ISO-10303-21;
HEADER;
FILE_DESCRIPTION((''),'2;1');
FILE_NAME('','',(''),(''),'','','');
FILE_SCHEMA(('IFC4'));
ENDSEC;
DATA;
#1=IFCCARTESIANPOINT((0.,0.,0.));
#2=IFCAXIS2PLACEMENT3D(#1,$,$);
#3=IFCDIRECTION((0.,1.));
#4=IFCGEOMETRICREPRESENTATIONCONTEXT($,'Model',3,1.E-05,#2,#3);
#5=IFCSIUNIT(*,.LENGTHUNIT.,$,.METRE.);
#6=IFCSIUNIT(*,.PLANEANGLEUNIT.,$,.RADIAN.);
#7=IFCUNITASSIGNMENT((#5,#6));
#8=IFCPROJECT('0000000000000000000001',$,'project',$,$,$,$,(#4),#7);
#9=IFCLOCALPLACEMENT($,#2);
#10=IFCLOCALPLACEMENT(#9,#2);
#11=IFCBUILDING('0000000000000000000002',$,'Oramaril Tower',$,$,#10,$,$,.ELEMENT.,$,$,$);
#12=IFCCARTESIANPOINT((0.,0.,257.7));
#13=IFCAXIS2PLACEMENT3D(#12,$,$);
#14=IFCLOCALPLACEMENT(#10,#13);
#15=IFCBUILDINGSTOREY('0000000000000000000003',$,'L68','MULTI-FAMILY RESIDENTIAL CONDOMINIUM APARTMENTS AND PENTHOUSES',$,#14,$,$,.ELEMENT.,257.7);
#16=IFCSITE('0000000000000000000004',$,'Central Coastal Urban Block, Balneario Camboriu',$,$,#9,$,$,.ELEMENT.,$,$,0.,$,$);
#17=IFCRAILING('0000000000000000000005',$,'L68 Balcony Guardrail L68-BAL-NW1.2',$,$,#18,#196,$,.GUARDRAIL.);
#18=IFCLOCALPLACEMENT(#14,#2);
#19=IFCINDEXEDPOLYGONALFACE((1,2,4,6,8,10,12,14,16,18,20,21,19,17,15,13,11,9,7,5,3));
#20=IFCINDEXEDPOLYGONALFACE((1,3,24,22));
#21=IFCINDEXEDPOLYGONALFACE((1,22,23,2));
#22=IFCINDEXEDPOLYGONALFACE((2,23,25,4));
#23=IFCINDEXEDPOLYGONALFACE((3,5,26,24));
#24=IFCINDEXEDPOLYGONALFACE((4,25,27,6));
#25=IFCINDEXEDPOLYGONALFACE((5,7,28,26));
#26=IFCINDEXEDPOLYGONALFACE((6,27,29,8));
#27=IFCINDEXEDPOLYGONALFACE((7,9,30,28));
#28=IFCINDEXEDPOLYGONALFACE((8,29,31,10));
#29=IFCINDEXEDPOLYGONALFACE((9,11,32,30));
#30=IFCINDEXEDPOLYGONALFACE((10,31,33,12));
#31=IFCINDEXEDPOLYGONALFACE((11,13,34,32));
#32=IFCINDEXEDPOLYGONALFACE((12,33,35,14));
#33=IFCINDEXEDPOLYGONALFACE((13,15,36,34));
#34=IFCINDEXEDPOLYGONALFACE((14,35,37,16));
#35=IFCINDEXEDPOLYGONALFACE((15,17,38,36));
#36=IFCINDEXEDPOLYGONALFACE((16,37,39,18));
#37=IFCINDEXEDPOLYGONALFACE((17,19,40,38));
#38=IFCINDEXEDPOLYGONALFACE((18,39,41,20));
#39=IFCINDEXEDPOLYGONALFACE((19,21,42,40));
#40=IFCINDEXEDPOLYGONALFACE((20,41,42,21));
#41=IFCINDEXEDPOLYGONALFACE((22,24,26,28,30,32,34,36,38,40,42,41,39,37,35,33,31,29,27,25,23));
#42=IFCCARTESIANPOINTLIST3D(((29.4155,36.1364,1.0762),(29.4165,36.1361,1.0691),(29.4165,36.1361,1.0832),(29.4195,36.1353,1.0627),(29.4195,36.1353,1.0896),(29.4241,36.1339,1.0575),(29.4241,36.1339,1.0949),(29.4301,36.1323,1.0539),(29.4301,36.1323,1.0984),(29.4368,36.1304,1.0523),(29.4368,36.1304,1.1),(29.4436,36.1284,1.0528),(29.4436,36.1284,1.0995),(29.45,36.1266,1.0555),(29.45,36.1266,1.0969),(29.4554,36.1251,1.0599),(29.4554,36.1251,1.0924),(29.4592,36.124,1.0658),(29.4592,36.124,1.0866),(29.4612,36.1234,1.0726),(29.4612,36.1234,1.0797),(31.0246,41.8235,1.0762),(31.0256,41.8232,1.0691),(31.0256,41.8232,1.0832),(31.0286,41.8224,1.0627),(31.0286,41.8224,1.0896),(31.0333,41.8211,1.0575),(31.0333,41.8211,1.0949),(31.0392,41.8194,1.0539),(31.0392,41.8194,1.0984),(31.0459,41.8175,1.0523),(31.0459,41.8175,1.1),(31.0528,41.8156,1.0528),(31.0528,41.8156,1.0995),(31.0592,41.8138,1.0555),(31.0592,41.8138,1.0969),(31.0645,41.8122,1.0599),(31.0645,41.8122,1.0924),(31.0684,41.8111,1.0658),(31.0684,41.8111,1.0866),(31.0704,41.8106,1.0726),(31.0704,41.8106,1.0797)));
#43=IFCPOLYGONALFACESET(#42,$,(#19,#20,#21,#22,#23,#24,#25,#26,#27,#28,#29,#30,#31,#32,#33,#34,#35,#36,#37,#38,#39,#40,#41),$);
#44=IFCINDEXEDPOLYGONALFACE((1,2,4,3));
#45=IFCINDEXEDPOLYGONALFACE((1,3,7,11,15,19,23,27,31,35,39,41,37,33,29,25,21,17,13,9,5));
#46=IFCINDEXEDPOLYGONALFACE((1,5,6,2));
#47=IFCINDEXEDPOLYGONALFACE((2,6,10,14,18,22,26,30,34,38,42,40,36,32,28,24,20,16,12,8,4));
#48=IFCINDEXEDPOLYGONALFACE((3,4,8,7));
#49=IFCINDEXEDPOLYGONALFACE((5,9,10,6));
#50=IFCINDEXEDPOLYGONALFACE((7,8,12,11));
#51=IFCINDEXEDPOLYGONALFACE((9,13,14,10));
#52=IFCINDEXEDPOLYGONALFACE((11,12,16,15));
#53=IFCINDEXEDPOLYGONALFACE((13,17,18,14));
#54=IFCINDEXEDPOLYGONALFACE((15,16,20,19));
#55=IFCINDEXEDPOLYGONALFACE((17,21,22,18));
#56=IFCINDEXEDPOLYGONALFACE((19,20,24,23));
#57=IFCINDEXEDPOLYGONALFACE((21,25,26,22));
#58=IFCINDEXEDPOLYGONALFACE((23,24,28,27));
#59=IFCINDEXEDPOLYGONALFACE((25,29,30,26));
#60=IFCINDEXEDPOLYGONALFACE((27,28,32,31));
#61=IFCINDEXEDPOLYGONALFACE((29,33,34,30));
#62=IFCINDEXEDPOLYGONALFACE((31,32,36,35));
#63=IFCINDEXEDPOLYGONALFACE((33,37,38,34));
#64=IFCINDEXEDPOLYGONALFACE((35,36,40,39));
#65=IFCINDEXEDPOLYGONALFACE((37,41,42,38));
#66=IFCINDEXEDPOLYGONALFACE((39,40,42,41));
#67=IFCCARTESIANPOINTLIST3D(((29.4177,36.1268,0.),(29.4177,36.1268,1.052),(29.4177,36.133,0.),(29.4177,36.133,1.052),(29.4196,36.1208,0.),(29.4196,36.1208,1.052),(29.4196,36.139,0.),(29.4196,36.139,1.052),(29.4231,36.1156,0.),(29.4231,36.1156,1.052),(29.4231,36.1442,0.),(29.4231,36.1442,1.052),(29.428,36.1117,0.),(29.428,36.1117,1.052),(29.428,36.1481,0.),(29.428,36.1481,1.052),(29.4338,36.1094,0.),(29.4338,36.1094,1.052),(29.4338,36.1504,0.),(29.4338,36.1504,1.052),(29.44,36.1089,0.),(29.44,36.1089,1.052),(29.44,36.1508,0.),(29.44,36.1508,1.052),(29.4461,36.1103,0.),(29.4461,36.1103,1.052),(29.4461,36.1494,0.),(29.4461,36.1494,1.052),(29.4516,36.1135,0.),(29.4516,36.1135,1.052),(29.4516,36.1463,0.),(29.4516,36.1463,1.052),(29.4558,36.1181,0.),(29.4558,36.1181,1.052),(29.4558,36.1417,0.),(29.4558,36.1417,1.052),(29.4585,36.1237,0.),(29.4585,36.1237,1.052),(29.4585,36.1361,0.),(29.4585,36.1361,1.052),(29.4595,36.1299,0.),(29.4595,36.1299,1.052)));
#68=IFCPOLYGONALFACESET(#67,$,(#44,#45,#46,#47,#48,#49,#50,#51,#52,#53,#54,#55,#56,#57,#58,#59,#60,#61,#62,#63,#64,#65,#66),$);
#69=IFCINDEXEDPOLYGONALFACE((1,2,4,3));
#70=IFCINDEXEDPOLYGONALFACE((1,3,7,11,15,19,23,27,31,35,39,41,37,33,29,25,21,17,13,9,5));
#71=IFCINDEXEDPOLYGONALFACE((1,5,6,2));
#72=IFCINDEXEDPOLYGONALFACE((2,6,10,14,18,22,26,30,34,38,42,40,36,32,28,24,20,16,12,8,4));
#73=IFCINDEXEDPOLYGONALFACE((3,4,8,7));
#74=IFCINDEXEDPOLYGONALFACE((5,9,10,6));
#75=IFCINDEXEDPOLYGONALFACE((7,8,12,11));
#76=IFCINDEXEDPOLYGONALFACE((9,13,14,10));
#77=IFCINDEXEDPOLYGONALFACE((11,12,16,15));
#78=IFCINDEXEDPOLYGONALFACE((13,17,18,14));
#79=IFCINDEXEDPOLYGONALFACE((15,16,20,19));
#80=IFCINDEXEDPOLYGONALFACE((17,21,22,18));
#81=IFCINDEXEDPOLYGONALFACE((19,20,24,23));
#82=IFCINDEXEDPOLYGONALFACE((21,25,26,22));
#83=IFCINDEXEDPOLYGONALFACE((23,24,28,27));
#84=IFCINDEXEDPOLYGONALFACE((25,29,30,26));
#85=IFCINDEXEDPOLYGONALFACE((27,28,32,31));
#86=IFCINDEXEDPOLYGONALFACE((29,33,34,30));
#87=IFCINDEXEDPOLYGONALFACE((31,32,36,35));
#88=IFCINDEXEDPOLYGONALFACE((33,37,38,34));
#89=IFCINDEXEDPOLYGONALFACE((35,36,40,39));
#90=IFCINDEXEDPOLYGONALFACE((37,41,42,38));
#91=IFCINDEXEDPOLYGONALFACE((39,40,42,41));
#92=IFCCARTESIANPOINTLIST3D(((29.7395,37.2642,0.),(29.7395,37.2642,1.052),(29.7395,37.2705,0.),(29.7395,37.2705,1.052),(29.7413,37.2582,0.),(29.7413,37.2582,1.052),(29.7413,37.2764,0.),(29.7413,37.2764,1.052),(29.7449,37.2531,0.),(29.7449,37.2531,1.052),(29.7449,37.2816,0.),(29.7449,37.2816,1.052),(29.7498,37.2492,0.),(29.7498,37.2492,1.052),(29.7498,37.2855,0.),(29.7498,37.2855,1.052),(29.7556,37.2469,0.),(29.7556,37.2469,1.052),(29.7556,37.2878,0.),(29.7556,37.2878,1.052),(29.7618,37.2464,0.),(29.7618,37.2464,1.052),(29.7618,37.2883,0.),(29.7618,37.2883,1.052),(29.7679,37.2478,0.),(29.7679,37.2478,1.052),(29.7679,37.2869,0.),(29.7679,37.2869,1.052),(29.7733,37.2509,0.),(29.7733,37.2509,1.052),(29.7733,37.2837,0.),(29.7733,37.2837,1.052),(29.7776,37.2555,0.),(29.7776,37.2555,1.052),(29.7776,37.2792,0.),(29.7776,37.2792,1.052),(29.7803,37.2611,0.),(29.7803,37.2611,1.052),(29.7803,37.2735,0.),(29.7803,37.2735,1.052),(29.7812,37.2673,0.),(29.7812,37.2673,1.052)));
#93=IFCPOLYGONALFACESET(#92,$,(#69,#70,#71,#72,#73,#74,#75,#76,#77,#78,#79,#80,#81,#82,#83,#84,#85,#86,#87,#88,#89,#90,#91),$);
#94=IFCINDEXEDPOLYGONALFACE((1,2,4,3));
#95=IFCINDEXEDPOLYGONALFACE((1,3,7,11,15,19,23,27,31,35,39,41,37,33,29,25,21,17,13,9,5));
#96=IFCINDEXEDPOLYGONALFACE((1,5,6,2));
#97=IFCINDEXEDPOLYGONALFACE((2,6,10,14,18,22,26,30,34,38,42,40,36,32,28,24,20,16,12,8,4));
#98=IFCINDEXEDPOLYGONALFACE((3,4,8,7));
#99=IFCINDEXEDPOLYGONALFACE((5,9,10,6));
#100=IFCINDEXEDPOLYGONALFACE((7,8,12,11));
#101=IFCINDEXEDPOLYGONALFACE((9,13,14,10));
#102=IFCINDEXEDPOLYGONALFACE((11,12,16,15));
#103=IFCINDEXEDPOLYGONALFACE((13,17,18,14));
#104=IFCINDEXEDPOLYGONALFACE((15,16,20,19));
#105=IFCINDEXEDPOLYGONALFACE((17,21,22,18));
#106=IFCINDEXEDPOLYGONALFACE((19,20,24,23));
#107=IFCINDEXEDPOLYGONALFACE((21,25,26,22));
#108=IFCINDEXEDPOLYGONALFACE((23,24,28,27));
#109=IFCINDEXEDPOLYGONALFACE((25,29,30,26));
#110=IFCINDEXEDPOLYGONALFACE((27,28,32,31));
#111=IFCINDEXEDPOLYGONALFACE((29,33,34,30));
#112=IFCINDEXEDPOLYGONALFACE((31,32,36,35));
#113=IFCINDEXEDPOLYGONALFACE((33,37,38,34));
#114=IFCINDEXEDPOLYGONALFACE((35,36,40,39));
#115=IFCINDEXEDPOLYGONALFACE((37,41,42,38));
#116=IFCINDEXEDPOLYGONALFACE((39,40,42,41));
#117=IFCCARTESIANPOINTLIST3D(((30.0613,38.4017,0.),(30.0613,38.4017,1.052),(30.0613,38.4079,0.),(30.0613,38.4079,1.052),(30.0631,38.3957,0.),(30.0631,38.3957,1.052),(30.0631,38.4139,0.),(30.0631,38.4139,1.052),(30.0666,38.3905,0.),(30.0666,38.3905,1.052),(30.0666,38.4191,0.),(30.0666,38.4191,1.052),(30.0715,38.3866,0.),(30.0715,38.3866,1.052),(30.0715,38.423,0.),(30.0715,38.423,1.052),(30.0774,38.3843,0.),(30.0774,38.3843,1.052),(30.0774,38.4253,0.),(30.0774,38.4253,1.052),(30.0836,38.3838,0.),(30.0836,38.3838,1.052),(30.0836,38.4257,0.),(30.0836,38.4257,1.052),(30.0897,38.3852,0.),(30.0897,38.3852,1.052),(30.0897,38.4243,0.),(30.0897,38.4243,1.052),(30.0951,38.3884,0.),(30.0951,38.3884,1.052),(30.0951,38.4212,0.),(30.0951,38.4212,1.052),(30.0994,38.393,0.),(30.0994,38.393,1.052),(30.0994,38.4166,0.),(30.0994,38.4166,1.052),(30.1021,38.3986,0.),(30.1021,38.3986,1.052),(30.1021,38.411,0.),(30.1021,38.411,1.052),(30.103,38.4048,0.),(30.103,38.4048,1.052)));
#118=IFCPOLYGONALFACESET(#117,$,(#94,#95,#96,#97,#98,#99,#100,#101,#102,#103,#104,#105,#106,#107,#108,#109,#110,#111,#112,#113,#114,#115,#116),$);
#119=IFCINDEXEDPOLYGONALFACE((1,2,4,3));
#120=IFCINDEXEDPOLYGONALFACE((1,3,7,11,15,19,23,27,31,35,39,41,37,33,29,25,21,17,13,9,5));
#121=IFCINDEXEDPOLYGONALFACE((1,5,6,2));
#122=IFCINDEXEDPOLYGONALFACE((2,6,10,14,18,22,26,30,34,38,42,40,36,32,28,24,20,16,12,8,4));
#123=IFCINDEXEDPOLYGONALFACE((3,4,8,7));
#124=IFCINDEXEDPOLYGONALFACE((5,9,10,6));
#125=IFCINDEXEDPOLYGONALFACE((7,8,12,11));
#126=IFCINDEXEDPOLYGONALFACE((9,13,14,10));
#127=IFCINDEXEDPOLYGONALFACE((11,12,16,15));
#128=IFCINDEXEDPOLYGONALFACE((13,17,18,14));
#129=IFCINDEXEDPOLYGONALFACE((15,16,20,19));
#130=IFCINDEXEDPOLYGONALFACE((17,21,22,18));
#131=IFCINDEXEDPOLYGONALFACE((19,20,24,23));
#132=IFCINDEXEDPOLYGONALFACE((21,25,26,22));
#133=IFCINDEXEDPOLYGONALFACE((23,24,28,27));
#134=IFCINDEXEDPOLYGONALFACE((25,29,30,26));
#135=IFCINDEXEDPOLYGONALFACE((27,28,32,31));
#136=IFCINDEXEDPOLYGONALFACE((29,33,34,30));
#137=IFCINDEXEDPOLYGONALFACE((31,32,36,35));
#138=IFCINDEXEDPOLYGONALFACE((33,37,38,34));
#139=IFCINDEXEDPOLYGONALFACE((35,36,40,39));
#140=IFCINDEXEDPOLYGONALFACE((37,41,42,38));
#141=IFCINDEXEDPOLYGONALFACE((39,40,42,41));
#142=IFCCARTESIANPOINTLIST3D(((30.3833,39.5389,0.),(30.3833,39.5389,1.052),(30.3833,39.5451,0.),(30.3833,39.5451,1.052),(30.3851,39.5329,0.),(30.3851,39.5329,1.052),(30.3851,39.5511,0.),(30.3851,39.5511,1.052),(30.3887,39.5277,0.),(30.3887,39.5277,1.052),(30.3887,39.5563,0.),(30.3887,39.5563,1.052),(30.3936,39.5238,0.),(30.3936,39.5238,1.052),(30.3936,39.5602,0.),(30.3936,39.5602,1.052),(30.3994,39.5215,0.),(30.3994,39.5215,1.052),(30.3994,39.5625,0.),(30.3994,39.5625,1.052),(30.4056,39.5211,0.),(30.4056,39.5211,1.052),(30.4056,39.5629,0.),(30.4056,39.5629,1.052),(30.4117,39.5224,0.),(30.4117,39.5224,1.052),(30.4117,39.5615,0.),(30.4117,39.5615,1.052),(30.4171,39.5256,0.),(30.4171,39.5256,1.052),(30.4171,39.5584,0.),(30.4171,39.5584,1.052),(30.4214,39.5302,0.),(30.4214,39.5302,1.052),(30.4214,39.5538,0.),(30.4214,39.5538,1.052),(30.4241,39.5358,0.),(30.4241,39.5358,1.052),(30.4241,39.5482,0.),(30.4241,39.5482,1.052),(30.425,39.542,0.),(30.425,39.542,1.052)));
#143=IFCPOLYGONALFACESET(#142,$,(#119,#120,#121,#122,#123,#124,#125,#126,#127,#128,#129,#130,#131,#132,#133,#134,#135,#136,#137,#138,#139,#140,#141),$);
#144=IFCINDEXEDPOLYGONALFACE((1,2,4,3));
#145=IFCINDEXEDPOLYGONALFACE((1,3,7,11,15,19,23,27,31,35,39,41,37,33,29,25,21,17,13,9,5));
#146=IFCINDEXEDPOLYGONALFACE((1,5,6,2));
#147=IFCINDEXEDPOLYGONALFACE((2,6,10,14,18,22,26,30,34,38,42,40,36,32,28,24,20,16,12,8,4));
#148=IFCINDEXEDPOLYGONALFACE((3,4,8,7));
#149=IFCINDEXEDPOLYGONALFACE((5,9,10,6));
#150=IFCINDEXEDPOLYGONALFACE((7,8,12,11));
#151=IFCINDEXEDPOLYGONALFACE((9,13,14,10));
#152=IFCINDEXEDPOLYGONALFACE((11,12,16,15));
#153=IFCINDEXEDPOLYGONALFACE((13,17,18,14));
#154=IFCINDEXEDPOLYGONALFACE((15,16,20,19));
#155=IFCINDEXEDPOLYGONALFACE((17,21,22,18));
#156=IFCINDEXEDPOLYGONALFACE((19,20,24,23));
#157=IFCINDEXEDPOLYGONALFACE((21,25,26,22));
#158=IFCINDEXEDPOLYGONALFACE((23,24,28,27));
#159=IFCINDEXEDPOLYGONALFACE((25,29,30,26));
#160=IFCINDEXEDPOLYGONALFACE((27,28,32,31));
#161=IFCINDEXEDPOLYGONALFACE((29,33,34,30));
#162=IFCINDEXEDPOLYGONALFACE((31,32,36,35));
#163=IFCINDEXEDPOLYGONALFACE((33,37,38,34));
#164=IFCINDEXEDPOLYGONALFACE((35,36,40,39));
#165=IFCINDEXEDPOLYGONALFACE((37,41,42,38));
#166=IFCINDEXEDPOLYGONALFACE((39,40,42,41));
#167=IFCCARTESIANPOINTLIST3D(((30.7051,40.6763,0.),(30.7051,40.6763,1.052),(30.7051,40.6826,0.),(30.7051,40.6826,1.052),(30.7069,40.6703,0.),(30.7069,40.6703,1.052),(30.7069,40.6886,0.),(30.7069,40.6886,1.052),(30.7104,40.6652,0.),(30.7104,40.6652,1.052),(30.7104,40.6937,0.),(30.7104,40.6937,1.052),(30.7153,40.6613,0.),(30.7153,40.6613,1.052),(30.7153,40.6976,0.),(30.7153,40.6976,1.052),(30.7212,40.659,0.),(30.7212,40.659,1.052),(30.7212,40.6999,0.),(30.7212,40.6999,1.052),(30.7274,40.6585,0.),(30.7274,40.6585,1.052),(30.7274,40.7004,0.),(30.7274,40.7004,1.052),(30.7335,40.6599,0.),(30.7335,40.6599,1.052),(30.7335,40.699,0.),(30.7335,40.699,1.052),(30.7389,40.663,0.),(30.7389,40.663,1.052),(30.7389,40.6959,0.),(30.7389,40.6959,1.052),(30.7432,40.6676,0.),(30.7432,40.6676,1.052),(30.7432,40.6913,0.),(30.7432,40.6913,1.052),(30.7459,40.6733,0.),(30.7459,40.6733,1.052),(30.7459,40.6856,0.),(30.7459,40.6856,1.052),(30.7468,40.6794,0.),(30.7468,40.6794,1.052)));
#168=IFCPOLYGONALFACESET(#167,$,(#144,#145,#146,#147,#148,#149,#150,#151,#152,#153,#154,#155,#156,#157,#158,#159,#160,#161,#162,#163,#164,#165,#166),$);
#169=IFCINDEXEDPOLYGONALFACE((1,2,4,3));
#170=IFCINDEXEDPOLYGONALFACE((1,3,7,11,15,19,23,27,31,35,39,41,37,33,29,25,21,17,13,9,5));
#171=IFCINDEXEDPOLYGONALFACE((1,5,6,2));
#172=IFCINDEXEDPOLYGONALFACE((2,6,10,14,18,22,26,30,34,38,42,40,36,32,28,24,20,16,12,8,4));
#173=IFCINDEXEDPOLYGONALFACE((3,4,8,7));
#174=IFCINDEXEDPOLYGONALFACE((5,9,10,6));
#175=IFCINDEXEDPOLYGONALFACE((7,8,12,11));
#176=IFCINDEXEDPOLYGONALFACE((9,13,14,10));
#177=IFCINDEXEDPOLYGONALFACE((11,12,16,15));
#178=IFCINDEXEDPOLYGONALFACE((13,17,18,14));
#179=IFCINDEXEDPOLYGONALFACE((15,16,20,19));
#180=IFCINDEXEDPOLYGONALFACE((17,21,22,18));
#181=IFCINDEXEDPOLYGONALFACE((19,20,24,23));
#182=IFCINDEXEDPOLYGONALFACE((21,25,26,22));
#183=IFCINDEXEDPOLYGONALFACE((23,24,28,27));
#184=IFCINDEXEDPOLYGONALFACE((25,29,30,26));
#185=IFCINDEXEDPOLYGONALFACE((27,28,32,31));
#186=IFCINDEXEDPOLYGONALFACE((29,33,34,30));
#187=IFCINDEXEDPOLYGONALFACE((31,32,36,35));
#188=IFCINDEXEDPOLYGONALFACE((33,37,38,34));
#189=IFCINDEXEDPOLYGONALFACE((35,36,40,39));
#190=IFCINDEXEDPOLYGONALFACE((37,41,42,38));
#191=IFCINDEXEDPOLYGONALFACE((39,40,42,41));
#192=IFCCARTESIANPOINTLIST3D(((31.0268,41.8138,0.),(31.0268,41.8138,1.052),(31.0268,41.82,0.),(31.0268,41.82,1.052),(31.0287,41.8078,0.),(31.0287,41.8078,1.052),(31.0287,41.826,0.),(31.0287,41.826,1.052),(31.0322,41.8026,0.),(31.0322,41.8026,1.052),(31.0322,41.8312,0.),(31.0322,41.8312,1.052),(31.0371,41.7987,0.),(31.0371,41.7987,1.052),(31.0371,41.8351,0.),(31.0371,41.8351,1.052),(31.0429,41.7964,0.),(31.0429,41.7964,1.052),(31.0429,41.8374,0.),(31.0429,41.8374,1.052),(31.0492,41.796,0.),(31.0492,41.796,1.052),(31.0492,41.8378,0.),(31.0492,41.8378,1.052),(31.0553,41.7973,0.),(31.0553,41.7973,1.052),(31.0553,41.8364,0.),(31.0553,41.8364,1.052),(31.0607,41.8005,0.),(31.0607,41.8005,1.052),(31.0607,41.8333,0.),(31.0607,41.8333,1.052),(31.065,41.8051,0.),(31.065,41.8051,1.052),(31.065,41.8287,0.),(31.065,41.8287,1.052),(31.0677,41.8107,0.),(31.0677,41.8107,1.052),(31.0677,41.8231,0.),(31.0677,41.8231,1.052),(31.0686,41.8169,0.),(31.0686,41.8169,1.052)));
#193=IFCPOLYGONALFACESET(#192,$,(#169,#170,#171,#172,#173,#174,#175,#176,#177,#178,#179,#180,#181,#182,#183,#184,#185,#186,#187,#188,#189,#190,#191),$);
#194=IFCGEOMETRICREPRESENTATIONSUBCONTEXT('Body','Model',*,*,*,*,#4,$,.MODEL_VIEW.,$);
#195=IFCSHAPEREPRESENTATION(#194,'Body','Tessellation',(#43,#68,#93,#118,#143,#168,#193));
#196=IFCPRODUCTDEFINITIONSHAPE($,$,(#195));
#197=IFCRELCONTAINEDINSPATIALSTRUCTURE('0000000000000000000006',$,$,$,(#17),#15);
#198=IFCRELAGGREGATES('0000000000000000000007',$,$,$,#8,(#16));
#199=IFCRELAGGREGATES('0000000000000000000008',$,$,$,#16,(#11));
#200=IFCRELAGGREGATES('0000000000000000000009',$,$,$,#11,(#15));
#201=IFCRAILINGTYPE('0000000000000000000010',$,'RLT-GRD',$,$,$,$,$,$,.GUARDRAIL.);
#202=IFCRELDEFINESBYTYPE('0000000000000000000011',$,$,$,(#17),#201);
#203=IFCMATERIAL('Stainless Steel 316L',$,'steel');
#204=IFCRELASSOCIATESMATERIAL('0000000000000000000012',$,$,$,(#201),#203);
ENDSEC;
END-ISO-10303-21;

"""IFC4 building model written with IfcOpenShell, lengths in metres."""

from ifc_helpers import new_model, si_unit, direction, frame, origin, origin_2d, place, context, subcontext, project, spatial, circle, extrude, material, type_object, element, save


model = new_model("IFC4")

# Units and contexts
model_context = context("Model", 3, precision=1e-05, world=origin(), true_north=direction((0.0, 1.0)))
body_context = subcontext(model_context, "Body", "Model", "MODEL_VIEW")
ifc_project = project(units=[si_unit("LENGTHUNIT", "METRE"), si_unit("PLANEANGLEUNIT", "RADIAN")], contexts=[model_context])

# Site, building, storey
site_placement = place(None, origin())
site = spatial("IfcSite", under=ifc_project, at=site_placement, Name="Central Coastal Urban Block, Balneario Camboriu", CompositionType="ELEMENT", RefElevation=0.0)
building_placement = place(site_placement, origin())
building = spatial("IfcBuilding", under=site, at=building_placement, Name="Oramaril Tower", CompositionType="ELEMENT")
storey_placement = place(building_placement, frame((0.0, 0.0, 257.7)))
storey = spatial("IfcBuildingStorey", under=building, at=storey_placement, Name="L68", Description="MULTI-FAMILY RESIDENTIAL CONDOMINIUM APARTMENTS AND PENTHOUSES", CompositionType="ELEMENT", Elevation=257.7)

# Railing
ifc_material_1 = material(Name="Stainless Steel 316L", Category="steel")
railing_type = type_object("IfcRailingType", Name="RLT-GRD", PredefinedType="GUARDRAIL", material=ifc_material_1)
railing_1_placement = place(storey_placement, frame((29.4385, 36.1299, 0.0)))
element("IfcRailing", 1, at=railing_1_placement, inside=storey, type_object=railing_type, Name="L68 Balcony Guardrail L68-BAL-NW1.2", PredefinedType="GUARDRAIL", context=body_context, shape_type="SweptSolid", body=[
    extrude(circle(Radius=0.0239, at=origin_2d()), frame((0.0, 0.0, 1.0762), z_axis=(0.27226, 0.962224, 0.0), x_axis=(-0.962224, 0.27226, 0.0)), (0.0, 0.0, 1.0), 5.9104),
    extrude(circle(Radius=0.021, at=origin_2d()), origin(), (0.0, 0.0, 1.0), 1.052),
    extrude(circle(Radius=0.021, at=origin_2d()), frame((0.3218, 1.1375, 0.0)), (0.0, 0.0, 1.0), 1.052),
    extrude(circle(Radius=0.021, at=origin_2d()), frame((0.6436, 2.2749, 0.0)), (0.0, 0.0, 1.0), 1.052),
    extrude(circle(Radius=0.021, at=origin_2d()), frame((0.9656, 3.4121, 0.0)), (0.0, 0.0, 1.0), 1.052),
    extrude(circle(Radius=0.021, at=origin_2d()), frame((1.2874, 4.5496, 0.0)), (0.0, 0.0, 1.0), 1.052),
    extrude(circle(Radius=0.021, at=origin_2d()), frame((1.6091, 5.687, 0.0)), (0.0, 0.0, 1.0), 1.052),
])

save(model, "model.ifc")
